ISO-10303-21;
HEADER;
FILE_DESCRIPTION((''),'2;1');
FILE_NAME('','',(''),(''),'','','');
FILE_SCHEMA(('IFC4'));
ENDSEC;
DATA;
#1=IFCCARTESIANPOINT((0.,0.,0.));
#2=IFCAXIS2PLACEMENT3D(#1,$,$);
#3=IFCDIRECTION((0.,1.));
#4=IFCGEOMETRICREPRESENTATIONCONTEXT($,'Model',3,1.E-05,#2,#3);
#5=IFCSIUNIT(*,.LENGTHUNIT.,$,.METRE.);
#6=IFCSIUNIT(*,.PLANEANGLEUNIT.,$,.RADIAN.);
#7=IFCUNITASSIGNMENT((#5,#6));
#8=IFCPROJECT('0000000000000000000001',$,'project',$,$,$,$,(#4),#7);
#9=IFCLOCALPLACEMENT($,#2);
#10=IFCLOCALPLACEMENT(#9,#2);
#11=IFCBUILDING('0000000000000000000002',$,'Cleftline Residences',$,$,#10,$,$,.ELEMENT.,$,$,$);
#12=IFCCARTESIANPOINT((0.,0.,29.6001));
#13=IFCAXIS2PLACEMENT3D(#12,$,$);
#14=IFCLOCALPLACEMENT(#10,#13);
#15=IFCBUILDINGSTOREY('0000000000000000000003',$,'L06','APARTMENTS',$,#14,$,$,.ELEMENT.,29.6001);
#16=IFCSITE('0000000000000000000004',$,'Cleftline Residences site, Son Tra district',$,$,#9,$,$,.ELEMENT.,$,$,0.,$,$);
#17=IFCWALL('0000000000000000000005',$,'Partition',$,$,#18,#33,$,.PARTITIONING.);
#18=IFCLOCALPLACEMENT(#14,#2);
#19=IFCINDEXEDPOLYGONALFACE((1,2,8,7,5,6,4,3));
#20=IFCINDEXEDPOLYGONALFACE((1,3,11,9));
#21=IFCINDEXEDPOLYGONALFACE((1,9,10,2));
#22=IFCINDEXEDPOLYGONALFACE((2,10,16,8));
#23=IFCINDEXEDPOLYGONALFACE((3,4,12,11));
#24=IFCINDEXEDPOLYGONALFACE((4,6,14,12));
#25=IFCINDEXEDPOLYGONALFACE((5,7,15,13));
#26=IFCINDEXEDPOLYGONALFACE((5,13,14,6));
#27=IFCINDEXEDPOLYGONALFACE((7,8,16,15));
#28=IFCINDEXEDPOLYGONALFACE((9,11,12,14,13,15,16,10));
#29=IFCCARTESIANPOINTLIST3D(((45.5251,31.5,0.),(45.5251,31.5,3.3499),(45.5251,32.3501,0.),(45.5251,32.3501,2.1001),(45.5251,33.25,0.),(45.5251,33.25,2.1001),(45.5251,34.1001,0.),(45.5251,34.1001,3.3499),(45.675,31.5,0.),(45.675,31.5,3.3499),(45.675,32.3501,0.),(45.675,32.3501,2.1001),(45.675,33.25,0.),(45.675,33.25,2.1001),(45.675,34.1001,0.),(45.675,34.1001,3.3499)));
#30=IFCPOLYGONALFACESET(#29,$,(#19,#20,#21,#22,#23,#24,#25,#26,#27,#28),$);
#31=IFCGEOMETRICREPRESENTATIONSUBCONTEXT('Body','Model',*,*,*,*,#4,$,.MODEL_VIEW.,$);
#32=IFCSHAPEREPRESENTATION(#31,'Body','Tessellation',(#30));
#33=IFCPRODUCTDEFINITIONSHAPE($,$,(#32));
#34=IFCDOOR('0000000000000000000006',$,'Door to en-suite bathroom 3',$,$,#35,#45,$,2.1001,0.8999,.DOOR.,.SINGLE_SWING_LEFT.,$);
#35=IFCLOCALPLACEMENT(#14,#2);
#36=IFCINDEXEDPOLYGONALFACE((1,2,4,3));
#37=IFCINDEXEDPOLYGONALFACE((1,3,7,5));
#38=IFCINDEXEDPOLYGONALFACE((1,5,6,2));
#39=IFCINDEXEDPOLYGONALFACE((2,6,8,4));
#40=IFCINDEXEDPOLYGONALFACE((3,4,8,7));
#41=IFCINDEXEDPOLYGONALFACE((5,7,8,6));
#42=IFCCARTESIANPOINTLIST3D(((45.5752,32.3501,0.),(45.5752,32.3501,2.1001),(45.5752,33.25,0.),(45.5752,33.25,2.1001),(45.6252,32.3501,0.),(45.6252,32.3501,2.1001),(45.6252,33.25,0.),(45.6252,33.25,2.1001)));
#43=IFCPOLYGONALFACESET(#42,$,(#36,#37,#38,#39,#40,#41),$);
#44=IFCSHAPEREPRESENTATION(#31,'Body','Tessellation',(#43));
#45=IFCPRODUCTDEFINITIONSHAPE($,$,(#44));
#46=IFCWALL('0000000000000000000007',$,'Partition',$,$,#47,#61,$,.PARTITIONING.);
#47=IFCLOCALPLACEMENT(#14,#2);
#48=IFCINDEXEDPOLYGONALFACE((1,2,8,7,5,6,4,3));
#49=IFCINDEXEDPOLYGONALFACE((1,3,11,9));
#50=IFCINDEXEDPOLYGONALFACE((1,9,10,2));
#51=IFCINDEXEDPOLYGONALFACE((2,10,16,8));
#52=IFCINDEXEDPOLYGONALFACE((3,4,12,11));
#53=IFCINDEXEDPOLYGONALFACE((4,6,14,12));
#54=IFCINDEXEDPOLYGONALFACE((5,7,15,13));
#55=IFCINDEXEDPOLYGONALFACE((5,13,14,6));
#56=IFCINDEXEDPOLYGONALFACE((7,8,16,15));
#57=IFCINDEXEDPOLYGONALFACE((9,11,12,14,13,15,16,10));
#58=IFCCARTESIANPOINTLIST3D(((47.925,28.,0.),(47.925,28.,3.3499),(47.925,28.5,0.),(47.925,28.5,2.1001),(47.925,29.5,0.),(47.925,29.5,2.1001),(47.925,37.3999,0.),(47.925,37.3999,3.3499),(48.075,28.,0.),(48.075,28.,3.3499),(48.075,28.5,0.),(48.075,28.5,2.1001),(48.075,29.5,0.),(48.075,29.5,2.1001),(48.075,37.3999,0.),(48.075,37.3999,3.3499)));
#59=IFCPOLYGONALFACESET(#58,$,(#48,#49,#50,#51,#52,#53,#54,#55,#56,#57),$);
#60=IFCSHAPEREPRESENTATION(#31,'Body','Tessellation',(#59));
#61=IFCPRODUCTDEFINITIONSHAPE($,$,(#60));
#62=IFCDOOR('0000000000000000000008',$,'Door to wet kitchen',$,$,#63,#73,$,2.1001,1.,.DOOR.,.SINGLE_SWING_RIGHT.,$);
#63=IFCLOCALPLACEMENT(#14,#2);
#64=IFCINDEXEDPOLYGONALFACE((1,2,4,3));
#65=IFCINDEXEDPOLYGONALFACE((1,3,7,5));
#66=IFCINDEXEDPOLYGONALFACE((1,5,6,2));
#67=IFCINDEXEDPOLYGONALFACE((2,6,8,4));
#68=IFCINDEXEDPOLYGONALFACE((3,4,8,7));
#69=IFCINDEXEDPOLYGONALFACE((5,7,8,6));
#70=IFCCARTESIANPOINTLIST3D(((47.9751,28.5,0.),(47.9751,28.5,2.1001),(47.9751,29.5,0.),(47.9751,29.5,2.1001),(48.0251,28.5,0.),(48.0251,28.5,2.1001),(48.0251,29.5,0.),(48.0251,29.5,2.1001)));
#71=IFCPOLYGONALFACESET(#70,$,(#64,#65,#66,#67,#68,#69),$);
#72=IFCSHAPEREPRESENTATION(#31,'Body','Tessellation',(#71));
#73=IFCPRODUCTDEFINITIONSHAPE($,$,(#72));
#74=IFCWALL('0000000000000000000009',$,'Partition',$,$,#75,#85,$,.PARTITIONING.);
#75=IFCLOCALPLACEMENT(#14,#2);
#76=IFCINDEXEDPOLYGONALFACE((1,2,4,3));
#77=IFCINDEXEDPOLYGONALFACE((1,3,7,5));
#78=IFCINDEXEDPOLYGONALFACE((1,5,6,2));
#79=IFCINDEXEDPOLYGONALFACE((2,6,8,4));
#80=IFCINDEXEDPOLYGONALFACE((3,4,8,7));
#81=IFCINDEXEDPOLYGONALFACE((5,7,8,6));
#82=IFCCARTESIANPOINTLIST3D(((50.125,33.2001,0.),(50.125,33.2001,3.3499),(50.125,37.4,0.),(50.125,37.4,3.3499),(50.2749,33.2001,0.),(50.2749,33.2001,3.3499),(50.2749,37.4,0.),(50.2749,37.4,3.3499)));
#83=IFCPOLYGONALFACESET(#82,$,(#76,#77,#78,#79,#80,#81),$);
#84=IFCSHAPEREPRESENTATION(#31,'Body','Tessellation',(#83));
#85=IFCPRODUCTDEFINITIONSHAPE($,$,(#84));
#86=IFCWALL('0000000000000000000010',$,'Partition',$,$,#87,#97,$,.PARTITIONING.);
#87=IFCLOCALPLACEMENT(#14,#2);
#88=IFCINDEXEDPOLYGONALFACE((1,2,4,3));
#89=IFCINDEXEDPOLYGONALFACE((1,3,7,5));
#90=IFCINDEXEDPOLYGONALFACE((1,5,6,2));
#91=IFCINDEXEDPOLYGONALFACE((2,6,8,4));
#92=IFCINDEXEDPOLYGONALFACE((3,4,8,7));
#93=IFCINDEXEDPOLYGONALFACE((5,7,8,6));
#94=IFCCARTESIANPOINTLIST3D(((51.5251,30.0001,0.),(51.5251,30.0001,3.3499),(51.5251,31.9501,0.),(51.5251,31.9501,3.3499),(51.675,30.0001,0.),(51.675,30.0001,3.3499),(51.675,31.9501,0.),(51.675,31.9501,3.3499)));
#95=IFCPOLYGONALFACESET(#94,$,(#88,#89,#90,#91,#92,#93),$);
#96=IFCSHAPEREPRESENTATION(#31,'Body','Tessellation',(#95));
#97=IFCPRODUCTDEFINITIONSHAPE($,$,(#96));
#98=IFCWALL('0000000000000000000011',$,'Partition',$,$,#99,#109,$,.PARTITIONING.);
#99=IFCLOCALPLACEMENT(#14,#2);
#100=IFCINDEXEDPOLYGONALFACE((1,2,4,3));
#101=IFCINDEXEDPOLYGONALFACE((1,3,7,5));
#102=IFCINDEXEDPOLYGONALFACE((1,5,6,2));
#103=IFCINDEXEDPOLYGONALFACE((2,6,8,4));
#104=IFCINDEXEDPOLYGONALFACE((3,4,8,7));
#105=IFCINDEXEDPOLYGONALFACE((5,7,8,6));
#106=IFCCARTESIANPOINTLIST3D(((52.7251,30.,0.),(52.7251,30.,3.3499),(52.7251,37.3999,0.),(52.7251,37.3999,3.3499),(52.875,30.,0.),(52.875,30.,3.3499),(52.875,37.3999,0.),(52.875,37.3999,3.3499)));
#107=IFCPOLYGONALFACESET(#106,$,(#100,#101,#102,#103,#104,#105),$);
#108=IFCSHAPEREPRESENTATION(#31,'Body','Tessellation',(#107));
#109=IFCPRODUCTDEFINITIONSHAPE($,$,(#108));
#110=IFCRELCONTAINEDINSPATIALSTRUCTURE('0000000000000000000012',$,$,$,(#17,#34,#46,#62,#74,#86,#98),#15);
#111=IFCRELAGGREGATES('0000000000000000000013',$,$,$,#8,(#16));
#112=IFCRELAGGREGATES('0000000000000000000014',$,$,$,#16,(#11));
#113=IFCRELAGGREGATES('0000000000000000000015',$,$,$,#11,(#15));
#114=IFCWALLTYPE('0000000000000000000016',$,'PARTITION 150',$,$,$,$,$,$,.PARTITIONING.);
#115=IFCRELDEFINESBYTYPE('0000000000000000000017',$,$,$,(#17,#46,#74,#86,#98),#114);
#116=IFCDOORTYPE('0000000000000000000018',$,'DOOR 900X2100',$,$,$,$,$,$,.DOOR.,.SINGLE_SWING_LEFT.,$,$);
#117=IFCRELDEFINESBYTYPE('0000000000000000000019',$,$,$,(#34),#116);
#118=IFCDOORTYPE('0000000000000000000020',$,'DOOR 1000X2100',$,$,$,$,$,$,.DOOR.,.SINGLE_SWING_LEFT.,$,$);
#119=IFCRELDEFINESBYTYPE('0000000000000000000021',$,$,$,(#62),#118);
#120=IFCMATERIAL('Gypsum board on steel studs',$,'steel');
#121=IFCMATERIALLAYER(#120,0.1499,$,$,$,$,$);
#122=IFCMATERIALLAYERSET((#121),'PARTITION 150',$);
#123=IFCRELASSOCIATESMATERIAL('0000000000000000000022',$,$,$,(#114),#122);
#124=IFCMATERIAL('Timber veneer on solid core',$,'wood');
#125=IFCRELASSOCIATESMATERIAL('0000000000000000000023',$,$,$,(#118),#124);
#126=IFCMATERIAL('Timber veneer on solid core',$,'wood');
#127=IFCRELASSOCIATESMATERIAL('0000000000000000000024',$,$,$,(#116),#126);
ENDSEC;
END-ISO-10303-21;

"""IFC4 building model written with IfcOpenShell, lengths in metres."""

from ifc_helpers import new_model, si_unit, direction, frame, frame_2d, origin, place, context, subcontext, project, spatial, rectangle, extrude, material, layer, layer_set, type_object, element, fill, save


model = new_model("IFC4")

# Units and contexts
model_context = context("Model", 3, precision=1e-05, world=origin(), true_north=direction((0.0, 1.0)))
body_context = subcontext(model_context, "Body", "Model", "MODEL_VIEW")
ifc_project = project(units=[si_unit("LENGTHUNIT", "METRE"), si_unit("PLANEANGLEUNIT", "RADIAN")], contexts=[model_context])

# Site, building, storey
site_placement = place(None, origin())
site = spatial("IfcSite", under=ifc_project, at=site_placement, Name="Cleftline Residences site, Son Tra district", CompositionType="ELEMENT", RefElevation=0.0)
building_placement = place(site_placement, origin())
building = spatial("IfcBuilding", under=site, at=building_placement, Name="Cleftline Residences", CompositionType="ELEMENT")
storey_placement = place(building_placement, frame((0.0, 0.0, 29.6001)))
storey = spatial("IfcBuildingStorey", under=building, at=storey_placement, Name="L06", Description="APARTMENTS", CompositionType="ELEMENT", Elevation=29.6001)

# Shared definitions
ifc_material_1 = material(Name="Gypsum board on steel studs", Category="steel")
ifc_layer_1 = layer(ifc_material_1, 0.1499)
ifc_layer_set_1 = layer_set([ifc_layer_1], Name="PARTITION 150")
wall_type_1 = type_object("IfcWallType", Name="PARTITION 150", PredefinedType="PARTITIONING", material=ifc_layer_set_1)
ifc_material_2 = material(Name="Timber veneer on solid core", Category="wood")
door_type_1 = type_object("IfcDoorType", Name="DOOR 1000X2100", OperationType="SINGLE_SWING_LEFT", PredefinedType="DOOR", material=ifc_material_2)

# Walls, openings, doors
wall_1_placement = place(storey_placement, frame((45.6001, 31.5, 0.0), z_axis=(0.0, 0.0, 1.0), x_axis=(0.0, 1.0, 0.0)))
wall_1 = element("IfcWall", 1, at=wall_1_placement, inside=storey, type_object=wall_type_1, Name="Partition", PredefinedType="PARTITIONING", context=body_context, shape_type="SweptSolid", body=[
    extrude(rectangle(XDim=2.6001, YDim=0.1499, at=frame_2d((1.3, 0.0))), origin(), (0.0, 0.0, 1.0), 3.3499),
])
opening_1_placement = place(wall_1_placement, frame((0.8501, 0.0, 0.0)))
opening_1 = element("IfcOpeningElement", 2, at=opening_1_placement, cuts=wall_1, PredefinedType="OPENING", context=body_context, shape_type="SweptSolid", body=[
    extrude(rectangle(XDim=0.8999, YDim=2.1001, at=frame_2d((0.45, 1.05))), frame((0.0, 0.085, 0.0), z_axis=(0.0, -1.0, 0.0), x_axis=(1.0, 0.0, 0.0)), (0.0, 0.0, 1.0), 0.1699),
])
ifc_material_3 = material(Name="Timber veneer on solid core", Category="wood")
door_type_2 = type_object("IfcDoorType", Name="DOOR 900X2100", OperationType="SINGLE_SWING_LEFT", PredefinedType="DOOR", material=ifc_material_3)
door_1_placement = place(opening_1_placement, origin())
door_1 = element("IfcDoor", 3, at=door_1_placement, inside=storey, type_object=door_type_2, Name="Door to en-suite bathroom 3", OperationType="SINGLE_SWING_LEFT", OverallHeight=2.1001, OverallWidth=0.8999, PredefinedType="DOOR", context=body_context, shape_type="SweptSolid", body=[
    extrude(rectangle(XDim=0.8999, YDim=2.1001, at=frame_2d((0.45, 1.05))), frame((0.0, 0.0249, 0.0), z_axis=(0.0, -1.0, 0.0), x_axis=(1.0, 0.0, 0.0)), (0.0, 0.0, 1.0), 0.05),
])
fill(opening_1, door_1)
wall_2_placement = place(storey_placement, frame((48.0, 28.0, 0.0), z_axis=(0.0, 0.0, 1.0), x_axis=(0.0, 1.0, 0.0)))
wall_2 = element("IfcWall", 4, at=wall_2_placement, inside=storey, type_object=wall_type_1, Name="Partition", PredefinedType="PARTITIONING", context=body_context, shape_type="SweptSolid", body=[
    extrude(rectangle(XDim=9.3999, YDim=0.1499, at=frame_2d((4.7, 0.0))), origin(), (0.0, 0.0, 1.0), 3.3499),
])
opening_2_placement = place(wall_2_placement, frame((0.5, 0.0, 0.0)))
opening_2 = element("IfcOpeningElement", 5, at=opening_2_placement, cuts=wall_2, PredefinedType="OPENING", context=body_context, shape_type="SweptSolid", body=[
    extrude(rectangle(XDim=1.0, YDim=2.1001, at=frame_2d((0.5, 1.05))), frame((0.0, 0.085, 0.0), z_axis=(0.0, -1.0, 0.0), x_axis=(1.0, 0.0, 0.0)), (0.0, 0.0, 1.0), 0.1699),
])
door_2_placement = place(opening_2_placement, origin())
door_2 = element("IfcDoor", 6, at=door_2_placement, inside=storey, type_object=door_type_1, Name="Door to wet kitchen", OperationType="SINGLE_SWING_RIGHT", OverallHeight=2.1001, OverallWidth=1.0, PredefinedType="DOOR", context=body_context, shape_type="SweptSolid", body=[
    extrude(rectangle(XDim=1.0, YDim=2.1001, at=frame_2d((0.5, 1.05))), frame((0.0, 0.0249, 0.0), z_axis=(0.0, -1.0, 0.0), x_axis=(1.0, 0.0, 0.0)), (0.0, 0.0, 1.0), 0.05),
])
fill(opening_2, door_2)

# Walls
wall_3_placement = place(storey_placement, frame((50.2, 33.2, 0.0), z_axis=(0.0, 0.0, 1.0), x_axis=(0.0, 1.0, 0.0)))
element("IfcWall", 7, at=wall_3_placement, inside=storey, type_object=wall_type_1, Name="Partition", PredefinedType="PARTITIONING", context=body_context, shape_type="SweptSolid", body=[
    extrude(rectangle(XDim=4.2, YDim=0.1499, at=frame_2d((2.1001, 0.0))), origin(), (0.0, 0.0, 1.0), 3.3499),
])
wall_4_placement = place(storey_placement, frame((51.6001, 30.0, 0.0), z_axis=(0.0, 0.0, 1.0), x_axis=(0.0, 1.0, 0.0)))
element("IfcWall", 8, at=wall_4_placement, inside=storey, type_object=wall_type_1, Name="Partition", PredefinedType="PARTITIONING", context=body_context, shape_type="SweptSolid", body=[
    extrude(rectangle(XDim=1.95, YDim=0.1499, at=frame_2d((0.9751, 0.0))), origin(), (0.0, 0.0, 1.0), 3.3499),
])
wall_5_placement = place(storey_placement, frame((52.8, 30.0, 0.0), z_axis=(0.0, 0.0, 1.0), x_axis=(0.0, 1.0, 0.0)))
element("IfcWall", 9, at=wall_5_placement, inside=storey, type_object=wall_type_1, Name="Partition", PredefinedType="PARTITIONING", context=body_context, shape_type="SweptSolid", body=[
    extrude(rectangle(XDim=7.3999, YDim=0.1499, at=frame_2d((3.7, 0.0))), origin(), (0.0, 0.0, 1.0), 3.3499),
])

save(model, "model.ifc")
